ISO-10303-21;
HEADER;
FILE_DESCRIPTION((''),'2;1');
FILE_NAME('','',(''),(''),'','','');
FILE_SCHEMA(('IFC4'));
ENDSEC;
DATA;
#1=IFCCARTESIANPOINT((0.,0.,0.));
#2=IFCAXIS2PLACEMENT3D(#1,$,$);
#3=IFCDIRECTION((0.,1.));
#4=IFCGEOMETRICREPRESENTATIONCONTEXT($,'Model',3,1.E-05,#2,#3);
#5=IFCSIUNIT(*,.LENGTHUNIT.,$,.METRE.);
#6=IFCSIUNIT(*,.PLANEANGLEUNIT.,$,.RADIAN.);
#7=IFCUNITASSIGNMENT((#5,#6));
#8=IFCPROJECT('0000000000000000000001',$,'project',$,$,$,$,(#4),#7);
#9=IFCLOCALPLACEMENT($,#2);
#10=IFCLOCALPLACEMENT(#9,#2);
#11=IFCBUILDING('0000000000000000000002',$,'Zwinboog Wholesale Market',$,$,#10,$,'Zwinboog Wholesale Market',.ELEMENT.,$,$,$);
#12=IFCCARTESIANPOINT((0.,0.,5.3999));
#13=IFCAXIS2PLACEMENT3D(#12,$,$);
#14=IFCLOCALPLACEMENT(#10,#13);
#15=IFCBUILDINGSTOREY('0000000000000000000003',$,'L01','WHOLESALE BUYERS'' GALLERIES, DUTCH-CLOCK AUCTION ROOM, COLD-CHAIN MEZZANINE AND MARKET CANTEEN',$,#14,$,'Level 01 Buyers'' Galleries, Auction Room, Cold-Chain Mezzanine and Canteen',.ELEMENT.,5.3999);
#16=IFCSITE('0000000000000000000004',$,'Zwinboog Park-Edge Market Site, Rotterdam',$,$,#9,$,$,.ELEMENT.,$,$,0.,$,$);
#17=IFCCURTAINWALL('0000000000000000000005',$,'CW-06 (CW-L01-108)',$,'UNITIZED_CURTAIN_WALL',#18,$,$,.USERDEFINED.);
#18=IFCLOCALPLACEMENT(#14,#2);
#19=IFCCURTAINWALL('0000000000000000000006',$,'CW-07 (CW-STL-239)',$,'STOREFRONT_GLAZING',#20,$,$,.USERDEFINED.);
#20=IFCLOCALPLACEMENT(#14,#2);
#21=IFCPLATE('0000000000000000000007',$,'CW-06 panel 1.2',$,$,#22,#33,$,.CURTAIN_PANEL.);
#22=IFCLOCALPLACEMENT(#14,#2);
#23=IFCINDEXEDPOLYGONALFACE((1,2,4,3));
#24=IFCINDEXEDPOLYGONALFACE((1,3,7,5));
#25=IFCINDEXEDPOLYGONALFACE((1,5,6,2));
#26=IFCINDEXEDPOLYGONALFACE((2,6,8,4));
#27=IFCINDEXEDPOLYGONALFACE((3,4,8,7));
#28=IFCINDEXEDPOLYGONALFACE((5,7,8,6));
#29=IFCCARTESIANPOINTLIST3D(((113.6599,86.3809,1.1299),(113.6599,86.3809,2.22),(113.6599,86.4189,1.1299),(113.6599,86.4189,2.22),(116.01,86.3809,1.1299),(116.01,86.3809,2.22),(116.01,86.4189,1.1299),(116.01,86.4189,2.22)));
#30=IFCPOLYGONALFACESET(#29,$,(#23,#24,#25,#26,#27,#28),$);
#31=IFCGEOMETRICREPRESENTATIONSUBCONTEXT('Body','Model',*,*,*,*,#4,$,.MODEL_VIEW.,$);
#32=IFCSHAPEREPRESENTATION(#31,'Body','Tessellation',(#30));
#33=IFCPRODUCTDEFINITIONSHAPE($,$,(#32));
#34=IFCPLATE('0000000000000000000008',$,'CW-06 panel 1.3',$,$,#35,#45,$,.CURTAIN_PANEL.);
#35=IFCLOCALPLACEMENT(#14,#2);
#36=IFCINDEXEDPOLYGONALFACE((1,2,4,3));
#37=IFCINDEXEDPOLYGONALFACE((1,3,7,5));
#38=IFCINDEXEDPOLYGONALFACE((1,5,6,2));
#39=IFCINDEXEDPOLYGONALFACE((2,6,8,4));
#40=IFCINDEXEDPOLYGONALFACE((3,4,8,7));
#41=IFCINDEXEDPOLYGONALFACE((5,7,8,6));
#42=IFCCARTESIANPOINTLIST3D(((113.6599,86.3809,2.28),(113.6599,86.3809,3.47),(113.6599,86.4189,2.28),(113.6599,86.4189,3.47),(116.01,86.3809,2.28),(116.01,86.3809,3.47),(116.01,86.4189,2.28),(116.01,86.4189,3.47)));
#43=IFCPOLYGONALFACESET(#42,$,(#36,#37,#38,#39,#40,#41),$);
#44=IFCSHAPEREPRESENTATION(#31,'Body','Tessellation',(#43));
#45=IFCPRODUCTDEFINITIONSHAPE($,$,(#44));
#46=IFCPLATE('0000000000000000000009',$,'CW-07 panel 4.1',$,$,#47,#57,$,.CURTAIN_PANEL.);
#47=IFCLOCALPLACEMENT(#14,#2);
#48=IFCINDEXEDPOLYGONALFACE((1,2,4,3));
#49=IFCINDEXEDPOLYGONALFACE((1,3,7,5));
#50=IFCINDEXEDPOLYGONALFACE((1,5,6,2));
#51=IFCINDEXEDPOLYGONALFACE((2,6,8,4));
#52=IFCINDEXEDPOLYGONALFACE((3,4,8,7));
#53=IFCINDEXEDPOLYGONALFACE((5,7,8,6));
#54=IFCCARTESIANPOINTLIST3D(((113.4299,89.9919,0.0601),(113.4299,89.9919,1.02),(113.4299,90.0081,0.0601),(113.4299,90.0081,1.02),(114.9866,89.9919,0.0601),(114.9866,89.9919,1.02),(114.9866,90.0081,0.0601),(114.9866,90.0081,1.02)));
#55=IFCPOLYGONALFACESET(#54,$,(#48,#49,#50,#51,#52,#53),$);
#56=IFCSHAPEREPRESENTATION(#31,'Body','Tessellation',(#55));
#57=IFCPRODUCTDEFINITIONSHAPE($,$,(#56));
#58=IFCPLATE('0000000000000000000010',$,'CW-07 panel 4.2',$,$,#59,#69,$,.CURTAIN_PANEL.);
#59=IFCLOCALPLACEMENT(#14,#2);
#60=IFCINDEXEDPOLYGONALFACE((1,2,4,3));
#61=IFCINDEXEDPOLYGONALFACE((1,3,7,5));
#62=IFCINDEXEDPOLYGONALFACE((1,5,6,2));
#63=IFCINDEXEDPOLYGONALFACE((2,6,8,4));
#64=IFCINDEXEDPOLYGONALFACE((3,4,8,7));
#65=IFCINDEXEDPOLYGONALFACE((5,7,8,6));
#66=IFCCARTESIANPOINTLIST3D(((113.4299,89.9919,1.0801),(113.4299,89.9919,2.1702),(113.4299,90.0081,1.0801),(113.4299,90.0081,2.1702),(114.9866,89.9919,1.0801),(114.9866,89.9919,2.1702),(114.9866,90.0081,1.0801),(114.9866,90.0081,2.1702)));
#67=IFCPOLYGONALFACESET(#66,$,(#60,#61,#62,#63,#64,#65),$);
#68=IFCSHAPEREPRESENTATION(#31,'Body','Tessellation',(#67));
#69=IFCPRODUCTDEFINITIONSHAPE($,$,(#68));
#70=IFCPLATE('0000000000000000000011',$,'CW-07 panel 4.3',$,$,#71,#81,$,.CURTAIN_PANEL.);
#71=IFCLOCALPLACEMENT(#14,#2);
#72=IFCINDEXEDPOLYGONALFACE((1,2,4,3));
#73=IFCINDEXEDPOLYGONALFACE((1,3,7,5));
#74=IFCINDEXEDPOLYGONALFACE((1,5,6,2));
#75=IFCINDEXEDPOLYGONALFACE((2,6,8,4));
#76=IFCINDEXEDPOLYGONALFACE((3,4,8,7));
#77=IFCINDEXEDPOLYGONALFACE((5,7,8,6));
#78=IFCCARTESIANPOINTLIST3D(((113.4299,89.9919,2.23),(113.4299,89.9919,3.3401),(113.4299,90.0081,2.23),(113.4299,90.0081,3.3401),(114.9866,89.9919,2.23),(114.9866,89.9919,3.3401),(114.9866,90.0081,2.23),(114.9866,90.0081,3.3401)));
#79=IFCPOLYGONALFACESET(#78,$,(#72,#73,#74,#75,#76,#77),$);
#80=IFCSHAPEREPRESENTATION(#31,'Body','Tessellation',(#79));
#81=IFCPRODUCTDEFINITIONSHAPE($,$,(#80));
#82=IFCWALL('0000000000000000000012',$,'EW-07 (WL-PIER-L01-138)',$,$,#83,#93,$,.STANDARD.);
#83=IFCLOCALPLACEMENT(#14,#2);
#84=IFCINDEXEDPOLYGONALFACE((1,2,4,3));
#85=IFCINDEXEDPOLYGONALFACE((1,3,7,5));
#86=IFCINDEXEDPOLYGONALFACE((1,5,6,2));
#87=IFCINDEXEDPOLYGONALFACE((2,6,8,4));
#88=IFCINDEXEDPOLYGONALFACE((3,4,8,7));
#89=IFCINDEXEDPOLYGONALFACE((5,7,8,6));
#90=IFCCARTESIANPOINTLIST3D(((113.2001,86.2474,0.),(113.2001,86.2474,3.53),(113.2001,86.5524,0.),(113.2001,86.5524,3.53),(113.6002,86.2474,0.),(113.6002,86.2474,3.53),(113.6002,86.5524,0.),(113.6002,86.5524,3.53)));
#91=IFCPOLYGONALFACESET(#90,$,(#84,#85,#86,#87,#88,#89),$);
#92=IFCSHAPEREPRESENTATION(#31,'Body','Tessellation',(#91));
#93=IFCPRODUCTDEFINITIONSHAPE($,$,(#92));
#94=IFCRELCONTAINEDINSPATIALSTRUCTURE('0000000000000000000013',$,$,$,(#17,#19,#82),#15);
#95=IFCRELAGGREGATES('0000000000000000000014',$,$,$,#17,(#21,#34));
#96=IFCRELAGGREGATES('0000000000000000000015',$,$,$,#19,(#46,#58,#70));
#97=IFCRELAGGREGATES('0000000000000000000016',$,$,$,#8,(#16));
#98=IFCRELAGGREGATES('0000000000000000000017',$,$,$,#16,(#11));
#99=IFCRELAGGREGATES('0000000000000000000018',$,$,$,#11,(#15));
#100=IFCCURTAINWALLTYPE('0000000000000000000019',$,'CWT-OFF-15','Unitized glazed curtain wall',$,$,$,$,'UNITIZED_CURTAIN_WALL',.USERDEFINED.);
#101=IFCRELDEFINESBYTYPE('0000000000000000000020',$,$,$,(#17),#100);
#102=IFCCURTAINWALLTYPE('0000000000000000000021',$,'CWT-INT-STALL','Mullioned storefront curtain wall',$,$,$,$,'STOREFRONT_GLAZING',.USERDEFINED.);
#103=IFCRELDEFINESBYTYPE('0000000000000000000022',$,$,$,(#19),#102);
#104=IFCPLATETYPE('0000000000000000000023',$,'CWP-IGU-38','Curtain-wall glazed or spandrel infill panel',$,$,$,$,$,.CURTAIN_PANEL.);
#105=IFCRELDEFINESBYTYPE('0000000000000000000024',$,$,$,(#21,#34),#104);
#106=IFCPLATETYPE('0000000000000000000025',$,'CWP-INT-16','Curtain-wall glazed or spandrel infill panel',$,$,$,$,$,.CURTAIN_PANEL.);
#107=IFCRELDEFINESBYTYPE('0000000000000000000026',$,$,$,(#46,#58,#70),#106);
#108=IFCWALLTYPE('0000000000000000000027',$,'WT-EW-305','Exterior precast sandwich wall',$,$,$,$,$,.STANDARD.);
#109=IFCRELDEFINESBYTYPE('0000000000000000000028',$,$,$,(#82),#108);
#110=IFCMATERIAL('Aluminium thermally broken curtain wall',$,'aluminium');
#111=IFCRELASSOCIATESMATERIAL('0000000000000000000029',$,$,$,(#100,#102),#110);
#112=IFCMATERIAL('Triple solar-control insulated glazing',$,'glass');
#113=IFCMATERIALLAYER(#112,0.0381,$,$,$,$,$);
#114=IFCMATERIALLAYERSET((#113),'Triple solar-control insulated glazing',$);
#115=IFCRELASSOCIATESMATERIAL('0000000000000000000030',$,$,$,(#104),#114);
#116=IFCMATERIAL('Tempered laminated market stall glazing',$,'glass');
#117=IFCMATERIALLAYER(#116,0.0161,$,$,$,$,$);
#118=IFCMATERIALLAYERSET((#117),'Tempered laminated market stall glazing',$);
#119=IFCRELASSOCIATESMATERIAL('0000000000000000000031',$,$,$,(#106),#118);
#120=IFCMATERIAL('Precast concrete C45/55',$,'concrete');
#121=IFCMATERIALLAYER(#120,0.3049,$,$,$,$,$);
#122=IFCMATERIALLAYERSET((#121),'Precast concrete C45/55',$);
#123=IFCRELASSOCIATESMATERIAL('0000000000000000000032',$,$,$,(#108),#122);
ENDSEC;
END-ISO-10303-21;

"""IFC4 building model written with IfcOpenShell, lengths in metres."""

from ifc_helpers import new_model, si_unit, direction, frame, frame_2d, origin, origin_2d, place, context, subcontext, project, spatial, rectangle, extrude, material, layer, layer_set, type_object, element, aggregate, save


model = new_model("IFC4")

# Units and contexts
model_context = context("Model", 3, precision=1e-05, world=origin(), true_north=direction((0.0, 1.0)))
body_context = subcontext(model_context, "Body", "Model", "MODEL_VIEW")
ifc_project = project(units=[si_unit("LENGTHUNIT", "METRE"), si_unit("PLANEANGLEUNIT", "RADIAN")], contexts=[model_context])

# Site, building, storey
site_placement = place(None, origin())
site = spatial("IfcSite", under=ifc_project, at=site_placement, Name="Zwinboog Park-Edge Market Site, Rotterdam", CompositionType="ELEMENT", RefElevation=0.0)
building_placement = place(site_placement, origin())
building = spatial("IfcBuilding", under=site, at=building_placement, Name="Zwinboog Wholesale Market", LongName="Zwinboog Wholesale Market", CompositionType="ELEMENT")
storey_placement = place(building_placement, frame((0.0, 0.0, 5.3999)))
storey = spatial("IfcBuildingStorey", under=building, at=storey_placement, Name="L01", Description="WHOLESALE BUYERS' GALLERIES, DUTCH-CLOCK AUCTION ROOM, COLD-CHAIN MEZZANINE AND MARKET CANTEEN", LongName="Level 01 Buyers' Galleries, Auction Room, Cold-Chain Mezzanine and Canteen", CompositionType="ELEMENT", Elevation=5.3999)

# Shared definitions
ifc_material_1 = material(Name="Aluminium thermally broken curtain wall", Category="aluminium")

# Curtain walls
curtain_wall_type_1 = type_object("IfcCurtainWallType", Name="CWT-OFF-15", Description="Unitized glazed curtain wall", ElementType="UNITIZED_CURTAIN_WALL", PredefinedType="USERDEFINED", material=ifc_material_1)
curtain_wall_1_placement = place(storey_placement, origin())
curtain_wall_1 = element("IfcCurtainWall", 1, at=curtain_wall_1_placement, inside=storey, type_object=curtain_wall_type_1, Name="CW-06 (CW-L01-108)", ObjectType="UNITIZED_CURTAIN_WALL", PredefinedType="USERDEFINED")
curtain_wall_type_2 = type_object("IfcCurtainWallType", Name="CWT-INT-STALL", Description="Mullioned storefront curtain wall", ElementType="STOREFRONT_GLAZING", PredefinedType="USERDEFINED", material=ifc_material_1)
curtain_wall_2_placement = place(storey_placement, origin())
curtain_wall_2 = element("IfcCurtainWall", 2, at=curtain_wall_2_placement, inside=storey, type_object=curtain_wall_type_2, Name="CW-07 (CW-STL-239)", ObjectType="STOREFRONT_GLAZING", PredefinedType="USERDEFINED")

# Plates
ifc_material_2 = material(Name="Triple solar-control insulated glazing", Category="glass")
ifc_layer_1 = layer(ifc_material_2, 0.0381)
ifc_layer_set_1 = layer_set([ifc_layer_1], Name="Triple solar-control insulated glazing")
plate_type_1 = type_object("IfcPlateType", Name="CWP-IGU-38", Description="Curtain-wall glazed or spandrel infill panel", PredefinedType="CURTAIN_PANEL", material=ifc_layer_set_1)
plate_1_placement = place(storey_placement, frame((114.835, 86.3999, 1.1299), z_axis=(0.0, 0.0, 1.0), x_axis=(1.0, 0.0, 0.0)))
plate_1 = element("IfcPlate", 3, at=plate_1_placement, type_object=plate_type_1, Name="CW-06 panel 1.2", PredefinedType="CURTAIN_PANEL", context=body_context, shape_type="SweptSolid", body=[
    extrude(rectangle(XDim=2.3501, YDim=0.0381, at=origin_2d()), origin(), (0.0, 0.0, 1.0), 1.0901),
])
plate_2_placement = place(storey_placement, frame((114.835, 86.3999, 2.28), z_axis=(0.0, 0.0, 1.0), x_axis=(1.0, 0.0, 0.0)))
plate_2 = element("IfcPlate", 4, at=plate_2_placement, type_object=plate_type_1, Name="CW-06 panel 1.3", PredefinedType="CURTAIN_PANEL", context=body_context, shape_type="SweptSolid", body=[
    extrude(rectangle(XDim=2.3501, YDim=0.0381, at=origin_2d()), origin(), (0.0, 0.0, 1.0), 1.1899),
])
aggregate(curtain_wall_1, [plate_1, plate_2])
ifc_material_3 = material(Name="Tempered laminated market stall glazing", Category="glass")
ifc_layer_2 = layer(ifc_material_3, 0.0161)
ifc_layer_set_2 = layer_set([ifc_layer_2], Name="Tempered laminated market stall glazing")
plate_type_2 = type_object("IfcPlateType", Name="CWP-INT-16", Description="Curtain-wall glazed or spandrel infill panel", PredefinedType="CURTAIN_PANEL", material=ifc_layer_set_2)
plate_3_placement = place(storey_placement, frame((114.2083, 90.0, 0.0601), z_axis=(0.0, 0.0, 1.0), x_axis=(1.0, 0.0, 0.0)))
plate_3 = element("IfcPlate", 5, at=plate_3_placement, type_object=plate_type_2, Name="CW-07 panel 4.1", PredefinedType="CURTAIN_PANEL", context=body_context, shape_type="SweptSolid", body=[
    extrude(rectangle(XDim=1.5566, YDim=0.0161, at=origin_2d()), origin(), (0.0, 0.0, 1.0), 0.96),
])
plate_4_placement = place(storey_placement, frame((114.2083, 90.0, 1.0801), z_axis=(0.0, 0.0, 1.0), x_axis=(1.0, 0.0, 0.0)))
plate_4 = element("IfcPlate", 6, at=plate_4_placement, type_object=plate_type_2, Name="CW-07 panel 4.2", PredefinedType="CURTAIN_PANEL", context=body_context, shape_type="SweptSolid", body=[
    extrude(rectangle(XDim=1.5566, YDim=0.0161, at=origin_2d()), origin(), (0.0, 0.0, 1.0), 1.0901),
])
plate_5_placement = place(storey_placement, frame((114.2083, 90.0, 2.23), z_axis=(0.0, 0.0, 1.0), x_axis=(1.0, 0.0, 0.0)))
plate_5 = element("IfcPlate", 7, at=plate_5_placement, type_object=plate_type_2, Name="CW-07 panel 4.3", PredefinedType="CURTAIN_PANEL", context=body_context, shape_type="SweptSolid", body=[
    extrude(rectangle(XDim=1.5566, YDim=0.0161, at=origin_2d()), origin(), (0.0, 0.0, 1.0), 1.1101),
])
aggregate(curtain_wall_2, [plate_3, plate_4, plate_5])

# Wall
ifc_material_4 = material(Name="Precast concrete C45/55", Category="concrete")
ifc_layer_3 = layer(ifc_material_4, 0.3049)
ifc_layer_set_3 = layer_set([ifc_layer_3], Name="Precast concrete C45/55")
wall_type = type_object("IfcWallType", Name="WT-EW-305", Description="Exterior precast sandwich wall", PredefinedType="STANDARD", material=ifc_layer_set_3)
wall_placement = place(storey_placement, frame((113.2, 86.3999, 0.0), z_axis=(0.0, 0.0, 1.0), x_axis=(1.0, 0.0, 0.0)))
element("IfcWall", 8, at=wall_placement, inside=storey, type_object=wall_type, Name="EW-07 (WL-PIER-L01-138)", PredefinedType="STANDARD", context=body_context, shape_type="SweptSolid", body=[
    extrude(rectangle(XDim=0.4001, YDim=0.3049, at=frame_2d((0.2002, 0.0))), origin(), (0.0, 0.0, 1.0), 3.53),
])

save(model, "model.ifc")
